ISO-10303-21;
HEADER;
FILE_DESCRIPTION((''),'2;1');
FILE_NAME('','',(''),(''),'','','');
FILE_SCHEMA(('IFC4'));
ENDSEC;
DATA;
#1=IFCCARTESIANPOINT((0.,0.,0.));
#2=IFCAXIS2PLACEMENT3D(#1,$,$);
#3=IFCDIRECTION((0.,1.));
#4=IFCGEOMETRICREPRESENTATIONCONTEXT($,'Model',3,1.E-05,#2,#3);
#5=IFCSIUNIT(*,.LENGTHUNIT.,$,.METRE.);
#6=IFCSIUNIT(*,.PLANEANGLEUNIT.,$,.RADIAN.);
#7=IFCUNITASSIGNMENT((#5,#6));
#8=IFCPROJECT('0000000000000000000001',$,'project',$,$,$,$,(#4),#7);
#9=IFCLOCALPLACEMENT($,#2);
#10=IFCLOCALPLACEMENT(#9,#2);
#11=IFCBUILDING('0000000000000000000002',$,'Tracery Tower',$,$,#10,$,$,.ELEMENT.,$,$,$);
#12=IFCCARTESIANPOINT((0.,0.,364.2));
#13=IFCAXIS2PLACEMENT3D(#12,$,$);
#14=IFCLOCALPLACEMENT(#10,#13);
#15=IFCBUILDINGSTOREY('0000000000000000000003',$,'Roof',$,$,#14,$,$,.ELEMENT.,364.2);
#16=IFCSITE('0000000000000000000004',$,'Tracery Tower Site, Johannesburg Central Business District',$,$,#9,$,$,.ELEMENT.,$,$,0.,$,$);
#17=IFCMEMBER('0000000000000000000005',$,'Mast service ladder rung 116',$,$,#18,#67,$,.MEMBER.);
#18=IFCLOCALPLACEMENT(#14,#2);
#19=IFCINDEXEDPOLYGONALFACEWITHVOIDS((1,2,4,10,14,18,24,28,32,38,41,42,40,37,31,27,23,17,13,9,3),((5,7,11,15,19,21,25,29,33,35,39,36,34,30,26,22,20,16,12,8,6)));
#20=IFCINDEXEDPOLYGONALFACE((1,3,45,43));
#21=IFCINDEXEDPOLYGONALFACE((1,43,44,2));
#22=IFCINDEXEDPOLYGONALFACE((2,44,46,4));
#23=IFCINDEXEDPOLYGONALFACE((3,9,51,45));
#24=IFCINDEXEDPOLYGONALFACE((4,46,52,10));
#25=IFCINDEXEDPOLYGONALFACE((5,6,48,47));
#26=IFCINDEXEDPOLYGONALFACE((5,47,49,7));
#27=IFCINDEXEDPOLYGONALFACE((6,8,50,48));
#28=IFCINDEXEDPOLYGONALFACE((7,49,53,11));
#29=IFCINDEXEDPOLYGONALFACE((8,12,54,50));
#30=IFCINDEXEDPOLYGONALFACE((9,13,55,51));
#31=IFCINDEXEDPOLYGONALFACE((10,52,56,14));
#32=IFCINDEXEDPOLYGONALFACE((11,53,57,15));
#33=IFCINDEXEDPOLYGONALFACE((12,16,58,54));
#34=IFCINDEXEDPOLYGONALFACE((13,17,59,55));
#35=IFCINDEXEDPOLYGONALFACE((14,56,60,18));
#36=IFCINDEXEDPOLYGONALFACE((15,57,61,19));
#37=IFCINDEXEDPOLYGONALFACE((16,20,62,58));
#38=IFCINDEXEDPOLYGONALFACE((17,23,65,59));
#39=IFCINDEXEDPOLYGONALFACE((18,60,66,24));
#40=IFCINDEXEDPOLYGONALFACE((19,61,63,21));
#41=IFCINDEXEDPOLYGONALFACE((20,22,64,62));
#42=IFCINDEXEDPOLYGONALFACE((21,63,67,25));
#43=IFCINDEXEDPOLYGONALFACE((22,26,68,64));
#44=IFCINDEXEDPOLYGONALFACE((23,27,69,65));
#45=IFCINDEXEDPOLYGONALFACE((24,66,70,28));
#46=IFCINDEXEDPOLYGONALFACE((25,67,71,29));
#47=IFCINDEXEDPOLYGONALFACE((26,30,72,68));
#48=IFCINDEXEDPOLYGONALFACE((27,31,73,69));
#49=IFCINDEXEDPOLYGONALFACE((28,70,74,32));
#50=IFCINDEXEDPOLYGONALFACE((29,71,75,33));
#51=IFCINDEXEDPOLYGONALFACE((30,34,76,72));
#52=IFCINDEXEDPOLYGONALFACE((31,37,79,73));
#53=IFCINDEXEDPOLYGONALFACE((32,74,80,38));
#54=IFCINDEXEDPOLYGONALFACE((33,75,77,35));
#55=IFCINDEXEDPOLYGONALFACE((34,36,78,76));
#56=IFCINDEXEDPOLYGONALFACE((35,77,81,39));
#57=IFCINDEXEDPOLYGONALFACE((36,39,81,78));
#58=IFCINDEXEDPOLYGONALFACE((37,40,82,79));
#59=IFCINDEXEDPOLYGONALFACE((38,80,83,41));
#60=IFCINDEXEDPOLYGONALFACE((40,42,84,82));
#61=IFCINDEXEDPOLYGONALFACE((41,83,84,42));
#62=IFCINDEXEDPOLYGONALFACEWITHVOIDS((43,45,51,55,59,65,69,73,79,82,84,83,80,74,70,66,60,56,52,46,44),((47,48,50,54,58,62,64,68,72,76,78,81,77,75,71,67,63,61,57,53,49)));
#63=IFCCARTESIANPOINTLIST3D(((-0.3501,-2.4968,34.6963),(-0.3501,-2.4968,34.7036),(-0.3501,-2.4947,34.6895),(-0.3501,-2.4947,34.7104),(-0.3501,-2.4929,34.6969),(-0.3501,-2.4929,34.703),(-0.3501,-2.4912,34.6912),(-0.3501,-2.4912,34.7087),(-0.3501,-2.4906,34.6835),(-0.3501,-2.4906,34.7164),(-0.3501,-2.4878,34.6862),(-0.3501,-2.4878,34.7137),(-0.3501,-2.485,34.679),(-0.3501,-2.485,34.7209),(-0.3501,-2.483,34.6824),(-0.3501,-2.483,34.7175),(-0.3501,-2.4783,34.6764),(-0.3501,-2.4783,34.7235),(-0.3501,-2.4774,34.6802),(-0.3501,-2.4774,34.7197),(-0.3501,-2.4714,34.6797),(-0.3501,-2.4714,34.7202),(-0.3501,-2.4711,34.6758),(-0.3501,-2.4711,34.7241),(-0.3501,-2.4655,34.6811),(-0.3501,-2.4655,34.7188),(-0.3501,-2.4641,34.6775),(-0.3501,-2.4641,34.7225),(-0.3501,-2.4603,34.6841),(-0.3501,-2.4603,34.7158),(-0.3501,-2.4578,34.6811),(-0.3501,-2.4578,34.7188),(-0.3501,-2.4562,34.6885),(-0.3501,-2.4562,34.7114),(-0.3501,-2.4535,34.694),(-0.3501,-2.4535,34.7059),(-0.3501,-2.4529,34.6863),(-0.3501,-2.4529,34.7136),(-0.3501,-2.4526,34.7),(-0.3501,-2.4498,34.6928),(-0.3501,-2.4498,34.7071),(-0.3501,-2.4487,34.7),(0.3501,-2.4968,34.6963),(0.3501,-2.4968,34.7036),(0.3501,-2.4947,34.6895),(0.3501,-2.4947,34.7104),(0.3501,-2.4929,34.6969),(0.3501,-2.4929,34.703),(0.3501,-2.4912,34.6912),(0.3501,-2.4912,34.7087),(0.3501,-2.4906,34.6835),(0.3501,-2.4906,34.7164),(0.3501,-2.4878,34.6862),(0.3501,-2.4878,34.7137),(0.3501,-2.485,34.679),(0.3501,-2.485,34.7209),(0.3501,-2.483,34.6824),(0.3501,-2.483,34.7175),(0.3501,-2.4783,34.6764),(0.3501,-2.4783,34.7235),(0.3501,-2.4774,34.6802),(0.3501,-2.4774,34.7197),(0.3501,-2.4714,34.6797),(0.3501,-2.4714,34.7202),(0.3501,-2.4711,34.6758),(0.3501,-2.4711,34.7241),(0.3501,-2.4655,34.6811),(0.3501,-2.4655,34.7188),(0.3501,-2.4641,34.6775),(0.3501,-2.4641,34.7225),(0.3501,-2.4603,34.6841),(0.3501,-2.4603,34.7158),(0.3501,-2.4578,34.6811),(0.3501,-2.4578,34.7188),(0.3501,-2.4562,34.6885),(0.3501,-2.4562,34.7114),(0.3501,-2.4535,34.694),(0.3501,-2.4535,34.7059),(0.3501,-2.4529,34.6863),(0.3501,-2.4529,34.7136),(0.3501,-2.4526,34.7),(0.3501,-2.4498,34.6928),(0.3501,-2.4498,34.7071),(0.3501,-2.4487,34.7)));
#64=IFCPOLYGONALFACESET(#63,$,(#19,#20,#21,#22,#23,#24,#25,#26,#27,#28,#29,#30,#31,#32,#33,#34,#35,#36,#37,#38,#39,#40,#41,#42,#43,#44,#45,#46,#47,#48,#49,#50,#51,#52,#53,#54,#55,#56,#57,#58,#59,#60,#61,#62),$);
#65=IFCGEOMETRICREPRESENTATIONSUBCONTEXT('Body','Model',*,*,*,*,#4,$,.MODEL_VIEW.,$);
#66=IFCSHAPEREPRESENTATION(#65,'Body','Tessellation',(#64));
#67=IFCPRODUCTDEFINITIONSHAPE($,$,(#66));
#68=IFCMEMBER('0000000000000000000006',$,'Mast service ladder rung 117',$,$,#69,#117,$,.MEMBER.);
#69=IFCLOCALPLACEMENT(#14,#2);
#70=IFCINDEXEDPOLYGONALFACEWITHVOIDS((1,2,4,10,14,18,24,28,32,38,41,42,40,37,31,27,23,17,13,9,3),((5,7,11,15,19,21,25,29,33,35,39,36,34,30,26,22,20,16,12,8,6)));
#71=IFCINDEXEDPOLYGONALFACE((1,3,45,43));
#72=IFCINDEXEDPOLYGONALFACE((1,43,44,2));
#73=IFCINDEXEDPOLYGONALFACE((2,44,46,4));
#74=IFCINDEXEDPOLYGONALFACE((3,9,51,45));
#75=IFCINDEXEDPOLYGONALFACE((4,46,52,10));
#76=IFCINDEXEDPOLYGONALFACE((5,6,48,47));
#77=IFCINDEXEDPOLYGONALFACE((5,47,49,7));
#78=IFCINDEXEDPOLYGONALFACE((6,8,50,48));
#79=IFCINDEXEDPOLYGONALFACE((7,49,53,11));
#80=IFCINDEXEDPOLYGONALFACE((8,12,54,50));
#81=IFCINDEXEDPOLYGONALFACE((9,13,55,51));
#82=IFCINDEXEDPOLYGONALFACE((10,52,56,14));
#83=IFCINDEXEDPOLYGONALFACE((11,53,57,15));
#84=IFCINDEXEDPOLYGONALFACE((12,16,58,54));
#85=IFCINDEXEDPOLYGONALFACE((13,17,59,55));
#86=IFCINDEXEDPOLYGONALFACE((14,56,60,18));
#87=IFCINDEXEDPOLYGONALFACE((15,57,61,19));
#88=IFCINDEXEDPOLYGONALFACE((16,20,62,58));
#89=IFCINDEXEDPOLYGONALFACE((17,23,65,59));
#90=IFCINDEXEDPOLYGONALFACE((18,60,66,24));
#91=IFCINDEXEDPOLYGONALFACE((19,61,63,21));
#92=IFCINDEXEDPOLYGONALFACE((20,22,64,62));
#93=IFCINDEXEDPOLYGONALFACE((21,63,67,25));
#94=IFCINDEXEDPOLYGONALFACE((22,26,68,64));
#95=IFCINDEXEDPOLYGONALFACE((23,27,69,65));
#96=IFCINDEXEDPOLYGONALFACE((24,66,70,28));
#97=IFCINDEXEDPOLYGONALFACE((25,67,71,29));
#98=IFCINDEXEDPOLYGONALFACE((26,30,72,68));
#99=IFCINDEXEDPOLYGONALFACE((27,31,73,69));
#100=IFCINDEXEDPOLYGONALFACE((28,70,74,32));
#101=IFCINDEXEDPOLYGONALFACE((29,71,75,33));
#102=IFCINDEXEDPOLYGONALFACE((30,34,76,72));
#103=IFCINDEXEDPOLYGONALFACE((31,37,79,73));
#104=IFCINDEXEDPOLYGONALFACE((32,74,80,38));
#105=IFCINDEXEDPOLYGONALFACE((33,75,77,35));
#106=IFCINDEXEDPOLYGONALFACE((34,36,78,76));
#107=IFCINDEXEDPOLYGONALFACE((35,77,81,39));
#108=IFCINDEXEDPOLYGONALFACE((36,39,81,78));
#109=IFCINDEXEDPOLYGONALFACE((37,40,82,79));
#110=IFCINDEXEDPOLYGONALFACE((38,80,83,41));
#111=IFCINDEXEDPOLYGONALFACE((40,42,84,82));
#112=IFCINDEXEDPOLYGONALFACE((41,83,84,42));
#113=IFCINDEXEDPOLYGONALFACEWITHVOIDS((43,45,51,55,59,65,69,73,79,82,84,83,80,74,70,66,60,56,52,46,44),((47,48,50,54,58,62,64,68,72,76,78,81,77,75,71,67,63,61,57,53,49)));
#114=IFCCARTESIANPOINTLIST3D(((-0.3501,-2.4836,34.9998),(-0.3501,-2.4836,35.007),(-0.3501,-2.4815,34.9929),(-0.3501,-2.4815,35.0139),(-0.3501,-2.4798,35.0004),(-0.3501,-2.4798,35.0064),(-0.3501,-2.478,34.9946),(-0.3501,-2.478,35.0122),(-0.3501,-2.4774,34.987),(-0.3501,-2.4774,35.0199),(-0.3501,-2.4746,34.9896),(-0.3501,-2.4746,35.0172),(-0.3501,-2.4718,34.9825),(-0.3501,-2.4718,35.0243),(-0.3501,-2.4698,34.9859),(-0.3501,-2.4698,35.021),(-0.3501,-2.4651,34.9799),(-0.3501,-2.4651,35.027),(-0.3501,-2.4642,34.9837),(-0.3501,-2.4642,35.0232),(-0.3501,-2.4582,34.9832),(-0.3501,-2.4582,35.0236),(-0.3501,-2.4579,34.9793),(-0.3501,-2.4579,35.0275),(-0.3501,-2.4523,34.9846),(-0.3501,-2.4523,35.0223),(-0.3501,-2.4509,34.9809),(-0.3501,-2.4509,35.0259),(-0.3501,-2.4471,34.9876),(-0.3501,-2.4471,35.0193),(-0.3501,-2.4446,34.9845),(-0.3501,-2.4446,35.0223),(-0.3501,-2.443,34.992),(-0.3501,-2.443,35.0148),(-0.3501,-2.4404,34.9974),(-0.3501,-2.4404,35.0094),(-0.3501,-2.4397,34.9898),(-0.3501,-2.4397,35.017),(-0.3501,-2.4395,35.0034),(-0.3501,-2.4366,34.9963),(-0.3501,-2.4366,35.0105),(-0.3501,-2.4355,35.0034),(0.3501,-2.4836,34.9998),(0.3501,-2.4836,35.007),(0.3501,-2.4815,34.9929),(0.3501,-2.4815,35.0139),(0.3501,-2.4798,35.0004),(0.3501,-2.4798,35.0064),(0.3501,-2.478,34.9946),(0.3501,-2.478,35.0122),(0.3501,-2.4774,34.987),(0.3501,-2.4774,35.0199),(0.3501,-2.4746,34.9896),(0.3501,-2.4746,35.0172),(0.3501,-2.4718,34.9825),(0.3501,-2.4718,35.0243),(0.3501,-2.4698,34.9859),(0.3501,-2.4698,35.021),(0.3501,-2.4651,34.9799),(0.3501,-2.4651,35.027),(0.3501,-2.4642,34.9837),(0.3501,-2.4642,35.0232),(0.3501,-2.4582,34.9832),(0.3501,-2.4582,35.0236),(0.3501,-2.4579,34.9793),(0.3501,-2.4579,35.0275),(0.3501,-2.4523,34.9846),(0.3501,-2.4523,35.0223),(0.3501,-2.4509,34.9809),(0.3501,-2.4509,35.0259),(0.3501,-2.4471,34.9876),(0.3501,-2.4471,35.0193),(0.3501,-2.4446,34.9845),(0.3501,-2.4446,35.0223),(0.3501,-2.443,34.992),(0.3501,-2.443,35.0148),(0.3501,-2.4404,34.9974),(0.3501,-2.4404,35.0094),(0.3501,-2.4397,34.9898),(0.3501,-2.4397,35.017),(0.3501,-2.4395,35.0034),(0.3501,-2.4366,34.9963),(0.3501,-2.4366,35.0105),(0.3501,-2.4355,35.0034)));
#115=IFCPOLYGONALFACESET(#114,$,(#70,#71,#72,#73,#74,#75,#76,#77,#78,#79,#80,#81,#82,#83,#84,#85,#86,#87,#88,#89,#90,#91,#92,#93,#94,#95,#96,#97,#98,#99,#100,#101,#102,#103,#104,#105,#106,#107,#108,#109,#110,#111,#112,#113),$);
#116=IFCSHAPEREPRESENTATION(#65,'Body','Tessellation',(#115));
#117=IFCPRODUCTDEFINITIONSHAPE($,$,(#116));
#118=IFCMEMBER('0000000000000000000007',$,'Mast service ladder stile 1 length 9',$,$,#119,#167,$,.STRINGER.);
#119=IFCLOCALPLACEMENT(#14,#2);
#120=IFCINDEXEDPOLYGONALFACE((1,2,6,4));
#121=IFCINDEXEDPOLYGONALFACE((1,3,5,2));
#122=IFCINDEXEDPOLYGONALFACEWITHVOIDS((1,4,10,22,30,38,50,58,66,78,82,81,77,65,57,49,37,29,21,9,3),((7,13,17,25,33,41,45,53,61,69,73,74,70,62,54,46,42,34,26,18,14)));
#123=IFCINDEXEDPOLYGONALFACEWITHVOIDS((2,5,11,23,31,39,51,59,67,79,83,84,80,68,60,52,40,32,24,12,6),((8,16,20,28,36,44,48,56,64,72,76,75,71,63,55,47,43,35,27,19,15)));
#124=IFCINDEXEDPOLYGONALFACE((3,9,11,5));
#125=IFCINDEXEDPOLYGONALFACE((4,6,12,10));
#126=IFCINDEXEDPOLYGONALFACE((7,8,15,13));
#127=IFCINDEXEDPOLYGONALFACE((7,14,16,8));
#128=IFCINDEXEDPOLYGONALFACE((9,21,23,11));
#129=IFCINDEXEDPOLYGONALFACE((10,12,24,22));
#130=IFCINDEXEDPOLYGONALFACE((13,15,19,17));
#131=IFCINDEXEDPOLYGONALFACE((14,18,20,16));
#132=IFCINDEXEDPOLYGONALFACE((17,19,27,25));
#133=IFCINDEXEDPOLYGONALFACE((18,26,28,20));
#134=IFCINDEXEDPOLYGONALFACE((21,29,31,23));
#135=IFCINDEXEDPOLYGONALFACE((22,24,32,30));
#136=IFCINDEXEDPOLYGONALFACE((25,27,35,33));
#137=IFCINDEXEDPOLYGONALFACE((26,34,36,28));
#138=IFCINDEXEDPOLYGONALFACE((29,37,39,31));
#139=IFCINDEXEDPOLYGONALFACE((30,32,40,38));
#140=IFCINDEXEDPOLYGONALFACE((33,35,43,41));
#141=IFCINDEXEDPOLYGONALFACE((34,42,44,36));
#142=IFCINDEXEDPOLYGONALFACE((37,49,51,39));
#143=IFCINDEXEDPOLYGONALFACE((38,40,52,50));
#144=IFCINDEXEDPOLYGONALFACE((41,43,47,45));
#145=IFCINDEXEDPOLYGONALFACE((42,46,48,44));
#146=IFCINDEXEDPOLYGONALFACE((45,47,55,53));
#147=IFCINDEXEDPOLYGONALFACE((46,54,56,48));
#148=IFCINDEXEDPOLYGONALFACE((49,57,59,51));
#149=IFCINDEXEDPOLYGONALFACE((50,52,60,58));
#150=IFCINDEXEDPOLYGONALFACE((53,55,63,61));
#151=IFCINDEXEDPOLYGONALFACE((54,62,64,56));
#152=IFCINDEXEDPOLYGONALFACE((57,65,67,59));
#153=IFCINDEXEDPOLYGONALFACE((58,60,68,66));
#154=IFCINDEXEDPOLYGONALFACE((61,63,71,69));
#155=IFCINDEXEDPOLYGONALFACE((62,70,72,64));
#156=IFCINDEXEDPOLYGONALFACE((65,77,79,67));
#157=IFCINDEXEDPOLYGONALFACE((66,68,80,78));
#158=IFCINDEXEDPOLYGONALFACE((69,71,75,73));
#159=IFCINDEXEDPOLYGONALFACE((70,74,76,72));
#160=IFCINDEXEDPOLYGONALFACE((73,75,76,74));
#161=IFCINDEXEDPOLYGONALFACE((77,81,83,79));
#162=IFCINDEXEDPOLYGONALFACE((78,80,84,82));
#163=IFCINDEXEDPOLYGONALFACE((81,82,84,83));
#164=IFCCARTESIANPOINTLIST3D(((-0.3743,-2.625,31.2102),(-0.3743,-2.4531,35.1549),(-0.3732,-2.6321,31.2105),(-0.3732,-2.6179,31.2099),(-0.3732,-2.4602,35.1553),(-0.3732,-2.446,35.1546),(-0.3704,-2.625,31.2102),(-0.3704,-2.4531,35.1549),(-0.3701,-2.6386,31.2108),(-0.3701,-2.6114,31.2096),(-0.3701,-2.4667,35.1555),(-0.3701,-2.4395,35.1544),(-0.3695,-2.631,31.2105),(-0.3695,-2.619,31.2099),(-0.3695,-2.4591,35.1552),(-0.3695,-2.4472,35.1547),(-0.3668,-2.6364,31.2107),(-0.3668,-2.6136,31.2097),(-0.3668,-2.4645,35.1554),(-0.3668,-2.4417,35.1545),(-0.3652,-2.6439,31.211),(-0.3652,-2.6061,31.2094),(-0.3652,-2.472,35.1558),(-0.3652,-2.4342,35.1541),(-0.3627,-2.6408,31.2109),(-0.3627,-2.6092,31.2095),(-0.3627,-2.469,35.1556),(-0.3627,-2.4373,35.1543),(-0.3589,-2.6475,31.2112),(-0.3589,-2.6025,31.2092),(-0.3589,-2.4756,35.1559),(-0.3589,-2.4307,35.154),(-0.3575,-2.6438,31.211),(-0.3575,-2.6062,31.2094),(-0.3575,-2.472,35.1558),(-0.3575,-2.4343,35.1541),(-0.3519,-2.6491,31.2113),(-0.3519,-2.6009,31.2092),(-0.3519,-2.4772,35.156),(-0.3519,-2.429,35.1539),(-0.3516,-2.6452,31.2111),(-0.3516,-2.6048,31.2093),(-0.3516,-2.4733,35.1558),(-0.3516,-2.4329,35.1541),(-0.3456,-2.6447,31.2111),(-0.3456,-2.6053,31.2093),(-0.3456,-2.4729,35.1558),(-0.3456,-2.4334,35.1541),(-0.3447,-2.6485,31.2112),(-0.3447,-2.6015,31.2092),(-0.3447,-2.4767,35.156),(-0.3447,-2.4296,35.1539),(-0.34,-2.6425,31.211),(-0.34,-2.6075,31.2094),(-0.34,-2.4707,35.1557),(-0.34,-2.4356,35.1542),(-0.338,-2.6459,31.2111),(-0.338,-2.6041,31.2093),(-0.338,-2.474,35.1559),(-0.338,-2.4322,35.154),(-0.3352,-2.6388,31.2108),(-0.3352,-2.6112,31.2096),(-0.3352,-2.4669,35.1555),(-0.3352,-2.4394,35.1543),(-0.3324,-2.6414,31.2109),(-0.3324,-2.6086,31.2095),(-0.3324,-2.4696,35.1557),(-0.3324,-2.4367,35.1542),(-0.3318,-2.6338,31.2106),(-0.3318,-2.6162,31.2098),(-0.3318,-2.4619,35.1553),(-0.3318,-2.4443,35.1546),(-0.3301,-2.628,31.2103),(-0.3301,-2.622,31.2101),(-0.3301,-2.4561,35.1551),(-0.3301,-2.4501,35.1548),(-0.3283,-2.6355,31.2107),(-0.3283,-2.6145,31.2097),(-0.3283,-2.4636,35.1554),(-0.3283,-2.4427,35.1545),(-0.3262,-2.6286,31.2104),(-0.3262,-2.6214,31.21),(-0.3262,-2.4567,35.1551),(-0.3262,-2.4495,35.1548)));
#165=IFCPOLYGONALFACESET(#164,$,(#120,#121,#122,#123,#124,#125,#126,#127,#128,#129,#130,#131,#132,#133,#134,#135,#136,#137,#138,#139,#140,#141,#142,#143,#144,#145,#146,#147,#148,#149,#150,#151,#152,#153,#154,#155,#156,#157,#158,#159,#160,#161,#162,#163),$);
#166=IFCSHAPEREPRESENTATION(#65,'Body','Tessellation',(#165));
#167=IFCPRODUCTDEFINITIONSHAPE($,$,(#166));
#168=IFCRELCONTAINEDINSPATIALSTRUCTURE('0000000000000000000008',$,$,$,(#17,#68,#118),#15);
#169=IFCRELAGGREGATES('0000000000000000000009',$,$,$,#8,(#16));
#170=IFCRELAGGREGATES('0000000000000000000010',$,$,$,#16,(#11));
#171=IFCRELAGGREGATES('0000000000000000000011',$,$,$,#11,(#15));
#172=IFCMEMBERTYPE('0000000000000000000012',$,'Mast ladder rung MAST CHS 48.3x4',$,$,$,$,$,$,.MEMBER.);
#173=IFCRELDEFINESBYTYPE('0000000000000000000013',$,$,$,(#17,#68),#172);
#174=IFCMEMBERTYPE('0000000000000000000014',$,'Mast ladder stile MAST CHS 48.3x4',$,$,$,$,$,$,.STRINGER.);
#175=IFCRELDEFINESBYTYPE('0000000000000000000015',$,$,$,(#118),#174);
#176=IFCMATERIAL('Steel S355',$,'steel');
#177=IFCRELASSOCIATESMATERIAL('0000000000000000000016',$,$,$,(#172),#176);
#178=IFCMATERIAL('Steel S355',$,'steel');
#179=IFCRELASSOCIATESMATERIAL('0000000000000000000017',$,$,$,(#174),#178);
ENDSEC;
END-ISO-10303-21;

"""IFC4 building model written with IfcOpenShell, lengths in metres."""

from ifc_helpers import new_model, si_unit, direction, frame, origin, origin_2d, place, context, subcontext, project, spatial, hollow_circle, extrude, material, material_profile, profile_set, type_object, element, save


model = new_model("IFC4")

# Units and contexts
model_context = context("Model", 3, precision=1e-05, world=origin(), true_north=direction((0.0, 1.0)))
body_context = subcontext(model_context, "Body", "Model", "MODEL_VIEW")
ifc_project = project(units=[si_unit("LENGTHUNIT", "METRE"), si_unit("PLANEANGLEUNIT", "RADIAN")], contexts=[model_context])

# Site, building, storey
site_placement = place(None, origin())
site = spatial("IfcSite", under=ifc_project, at=site_placement, Name="Tracery Tower Site, Johannesburg Central Business District", CompositionType="ELEMENT", RefElevation=0.0)
building_placement = place(site_placement, origin())
building = spatial("IfcBuilding", under=site, at=building_placement, Name="Tracery Tower", CompositionType="ELEMENT")
storey_placement = place(building_placement, frame((0.0, 0.0, 364.2)))
storey = spatial("IfcBuildingStorey", under=building, at=storey_placement, Name="Roof", CompositionType="ELEMENT", Elevation=364.2)

# Members
ifc_material_1 = material(Name="Steel S355", Category="steel")
ifc_material_profile_1 = material_profile(ifc_material_1, hollow_circle(Radius=0.0242, WallThickness=0.0039, at=origin_2d()), Name="CHS 48.3x4")
ifc_profile_set_1 = profile_set([ifc_material_profile_1], Name="Steel S355")
member_type_1 = type_object("IfcMemberType", Name="Mast ladder rung MAST CHS 48.3x4", PredefinedType="MEMBER", material=ifc_profile_set_1)
for number, where, z_axis, x_axis, name in (
    (1, (-0.3501, -2.4729, 34.7), (1.0, 0.0, 0.0), (0.0, 1.0, 0.0), "Mast service ladder rung 116"),
    (2, (-0.3501, -2.4597, 35.0034), (1.0, 0.0, 0.0), (0.0, 1.0, 0.0), "Mast service ladder rung 117"),
):
    element("IfcMember", number, at=place(storey_placement, frame(where, z_axis=z_axis, x_axis=x_axis)), inside=storey, type_object=member_type_1, Name=name, PredefinedType="MEMBER", context=body_context, shape_type="SweptSolid", body=[
        extrude(hollow_circle(Radius=0.0242, WallThickness=0.0039, at=origin_2d()), origin(), (0.0, 0.0, 1.0), 0.7002),
    ])
ifc_material_2 = material(Name="Steel S355", Category="steel")
ifc_material_profile_2 = material_profile(ifc_material_2, hollow_circle(Radius=0.0242, WallThickness=0.0039, at=origin_2d()), Name="CHS 48.3x4")
ifc_profile_set_2 = profile_set([ifc_material_profile_2], Name="Steel S355")
member_type_2 = type_object("IfcMemberType", Name="Mast ladder stile MAST CHS 48.3x4", PredefinedType="STRINGER", material=ifc_profile_set_2)
for number, where, z_axis, x_axis, name in (
    (3, (-0.3501, -2.625, 31.2102), (0.0, 0.043528, 0.999052), (-1.0, 0.0, 0.0), "Mast service ladder stile 1 length 9"),
):
    element("IfcMember", number, at=place(storey_placement, frame(where, z_axis=z_axis, x_axis=x_axis)), inside=storey, type_object=member_type_2, Name=name, PredefinedType="STRINGER", context=body_context, shape_type="SweptSolid", body=[
        extrude(hollow_circle(Radius=0.0242, WallThickness=0.0039, at=origin_2d()), origin(), (0.0, 0.0, 1.0), 3.9485),
    ])

save(model, "model.ifc")
